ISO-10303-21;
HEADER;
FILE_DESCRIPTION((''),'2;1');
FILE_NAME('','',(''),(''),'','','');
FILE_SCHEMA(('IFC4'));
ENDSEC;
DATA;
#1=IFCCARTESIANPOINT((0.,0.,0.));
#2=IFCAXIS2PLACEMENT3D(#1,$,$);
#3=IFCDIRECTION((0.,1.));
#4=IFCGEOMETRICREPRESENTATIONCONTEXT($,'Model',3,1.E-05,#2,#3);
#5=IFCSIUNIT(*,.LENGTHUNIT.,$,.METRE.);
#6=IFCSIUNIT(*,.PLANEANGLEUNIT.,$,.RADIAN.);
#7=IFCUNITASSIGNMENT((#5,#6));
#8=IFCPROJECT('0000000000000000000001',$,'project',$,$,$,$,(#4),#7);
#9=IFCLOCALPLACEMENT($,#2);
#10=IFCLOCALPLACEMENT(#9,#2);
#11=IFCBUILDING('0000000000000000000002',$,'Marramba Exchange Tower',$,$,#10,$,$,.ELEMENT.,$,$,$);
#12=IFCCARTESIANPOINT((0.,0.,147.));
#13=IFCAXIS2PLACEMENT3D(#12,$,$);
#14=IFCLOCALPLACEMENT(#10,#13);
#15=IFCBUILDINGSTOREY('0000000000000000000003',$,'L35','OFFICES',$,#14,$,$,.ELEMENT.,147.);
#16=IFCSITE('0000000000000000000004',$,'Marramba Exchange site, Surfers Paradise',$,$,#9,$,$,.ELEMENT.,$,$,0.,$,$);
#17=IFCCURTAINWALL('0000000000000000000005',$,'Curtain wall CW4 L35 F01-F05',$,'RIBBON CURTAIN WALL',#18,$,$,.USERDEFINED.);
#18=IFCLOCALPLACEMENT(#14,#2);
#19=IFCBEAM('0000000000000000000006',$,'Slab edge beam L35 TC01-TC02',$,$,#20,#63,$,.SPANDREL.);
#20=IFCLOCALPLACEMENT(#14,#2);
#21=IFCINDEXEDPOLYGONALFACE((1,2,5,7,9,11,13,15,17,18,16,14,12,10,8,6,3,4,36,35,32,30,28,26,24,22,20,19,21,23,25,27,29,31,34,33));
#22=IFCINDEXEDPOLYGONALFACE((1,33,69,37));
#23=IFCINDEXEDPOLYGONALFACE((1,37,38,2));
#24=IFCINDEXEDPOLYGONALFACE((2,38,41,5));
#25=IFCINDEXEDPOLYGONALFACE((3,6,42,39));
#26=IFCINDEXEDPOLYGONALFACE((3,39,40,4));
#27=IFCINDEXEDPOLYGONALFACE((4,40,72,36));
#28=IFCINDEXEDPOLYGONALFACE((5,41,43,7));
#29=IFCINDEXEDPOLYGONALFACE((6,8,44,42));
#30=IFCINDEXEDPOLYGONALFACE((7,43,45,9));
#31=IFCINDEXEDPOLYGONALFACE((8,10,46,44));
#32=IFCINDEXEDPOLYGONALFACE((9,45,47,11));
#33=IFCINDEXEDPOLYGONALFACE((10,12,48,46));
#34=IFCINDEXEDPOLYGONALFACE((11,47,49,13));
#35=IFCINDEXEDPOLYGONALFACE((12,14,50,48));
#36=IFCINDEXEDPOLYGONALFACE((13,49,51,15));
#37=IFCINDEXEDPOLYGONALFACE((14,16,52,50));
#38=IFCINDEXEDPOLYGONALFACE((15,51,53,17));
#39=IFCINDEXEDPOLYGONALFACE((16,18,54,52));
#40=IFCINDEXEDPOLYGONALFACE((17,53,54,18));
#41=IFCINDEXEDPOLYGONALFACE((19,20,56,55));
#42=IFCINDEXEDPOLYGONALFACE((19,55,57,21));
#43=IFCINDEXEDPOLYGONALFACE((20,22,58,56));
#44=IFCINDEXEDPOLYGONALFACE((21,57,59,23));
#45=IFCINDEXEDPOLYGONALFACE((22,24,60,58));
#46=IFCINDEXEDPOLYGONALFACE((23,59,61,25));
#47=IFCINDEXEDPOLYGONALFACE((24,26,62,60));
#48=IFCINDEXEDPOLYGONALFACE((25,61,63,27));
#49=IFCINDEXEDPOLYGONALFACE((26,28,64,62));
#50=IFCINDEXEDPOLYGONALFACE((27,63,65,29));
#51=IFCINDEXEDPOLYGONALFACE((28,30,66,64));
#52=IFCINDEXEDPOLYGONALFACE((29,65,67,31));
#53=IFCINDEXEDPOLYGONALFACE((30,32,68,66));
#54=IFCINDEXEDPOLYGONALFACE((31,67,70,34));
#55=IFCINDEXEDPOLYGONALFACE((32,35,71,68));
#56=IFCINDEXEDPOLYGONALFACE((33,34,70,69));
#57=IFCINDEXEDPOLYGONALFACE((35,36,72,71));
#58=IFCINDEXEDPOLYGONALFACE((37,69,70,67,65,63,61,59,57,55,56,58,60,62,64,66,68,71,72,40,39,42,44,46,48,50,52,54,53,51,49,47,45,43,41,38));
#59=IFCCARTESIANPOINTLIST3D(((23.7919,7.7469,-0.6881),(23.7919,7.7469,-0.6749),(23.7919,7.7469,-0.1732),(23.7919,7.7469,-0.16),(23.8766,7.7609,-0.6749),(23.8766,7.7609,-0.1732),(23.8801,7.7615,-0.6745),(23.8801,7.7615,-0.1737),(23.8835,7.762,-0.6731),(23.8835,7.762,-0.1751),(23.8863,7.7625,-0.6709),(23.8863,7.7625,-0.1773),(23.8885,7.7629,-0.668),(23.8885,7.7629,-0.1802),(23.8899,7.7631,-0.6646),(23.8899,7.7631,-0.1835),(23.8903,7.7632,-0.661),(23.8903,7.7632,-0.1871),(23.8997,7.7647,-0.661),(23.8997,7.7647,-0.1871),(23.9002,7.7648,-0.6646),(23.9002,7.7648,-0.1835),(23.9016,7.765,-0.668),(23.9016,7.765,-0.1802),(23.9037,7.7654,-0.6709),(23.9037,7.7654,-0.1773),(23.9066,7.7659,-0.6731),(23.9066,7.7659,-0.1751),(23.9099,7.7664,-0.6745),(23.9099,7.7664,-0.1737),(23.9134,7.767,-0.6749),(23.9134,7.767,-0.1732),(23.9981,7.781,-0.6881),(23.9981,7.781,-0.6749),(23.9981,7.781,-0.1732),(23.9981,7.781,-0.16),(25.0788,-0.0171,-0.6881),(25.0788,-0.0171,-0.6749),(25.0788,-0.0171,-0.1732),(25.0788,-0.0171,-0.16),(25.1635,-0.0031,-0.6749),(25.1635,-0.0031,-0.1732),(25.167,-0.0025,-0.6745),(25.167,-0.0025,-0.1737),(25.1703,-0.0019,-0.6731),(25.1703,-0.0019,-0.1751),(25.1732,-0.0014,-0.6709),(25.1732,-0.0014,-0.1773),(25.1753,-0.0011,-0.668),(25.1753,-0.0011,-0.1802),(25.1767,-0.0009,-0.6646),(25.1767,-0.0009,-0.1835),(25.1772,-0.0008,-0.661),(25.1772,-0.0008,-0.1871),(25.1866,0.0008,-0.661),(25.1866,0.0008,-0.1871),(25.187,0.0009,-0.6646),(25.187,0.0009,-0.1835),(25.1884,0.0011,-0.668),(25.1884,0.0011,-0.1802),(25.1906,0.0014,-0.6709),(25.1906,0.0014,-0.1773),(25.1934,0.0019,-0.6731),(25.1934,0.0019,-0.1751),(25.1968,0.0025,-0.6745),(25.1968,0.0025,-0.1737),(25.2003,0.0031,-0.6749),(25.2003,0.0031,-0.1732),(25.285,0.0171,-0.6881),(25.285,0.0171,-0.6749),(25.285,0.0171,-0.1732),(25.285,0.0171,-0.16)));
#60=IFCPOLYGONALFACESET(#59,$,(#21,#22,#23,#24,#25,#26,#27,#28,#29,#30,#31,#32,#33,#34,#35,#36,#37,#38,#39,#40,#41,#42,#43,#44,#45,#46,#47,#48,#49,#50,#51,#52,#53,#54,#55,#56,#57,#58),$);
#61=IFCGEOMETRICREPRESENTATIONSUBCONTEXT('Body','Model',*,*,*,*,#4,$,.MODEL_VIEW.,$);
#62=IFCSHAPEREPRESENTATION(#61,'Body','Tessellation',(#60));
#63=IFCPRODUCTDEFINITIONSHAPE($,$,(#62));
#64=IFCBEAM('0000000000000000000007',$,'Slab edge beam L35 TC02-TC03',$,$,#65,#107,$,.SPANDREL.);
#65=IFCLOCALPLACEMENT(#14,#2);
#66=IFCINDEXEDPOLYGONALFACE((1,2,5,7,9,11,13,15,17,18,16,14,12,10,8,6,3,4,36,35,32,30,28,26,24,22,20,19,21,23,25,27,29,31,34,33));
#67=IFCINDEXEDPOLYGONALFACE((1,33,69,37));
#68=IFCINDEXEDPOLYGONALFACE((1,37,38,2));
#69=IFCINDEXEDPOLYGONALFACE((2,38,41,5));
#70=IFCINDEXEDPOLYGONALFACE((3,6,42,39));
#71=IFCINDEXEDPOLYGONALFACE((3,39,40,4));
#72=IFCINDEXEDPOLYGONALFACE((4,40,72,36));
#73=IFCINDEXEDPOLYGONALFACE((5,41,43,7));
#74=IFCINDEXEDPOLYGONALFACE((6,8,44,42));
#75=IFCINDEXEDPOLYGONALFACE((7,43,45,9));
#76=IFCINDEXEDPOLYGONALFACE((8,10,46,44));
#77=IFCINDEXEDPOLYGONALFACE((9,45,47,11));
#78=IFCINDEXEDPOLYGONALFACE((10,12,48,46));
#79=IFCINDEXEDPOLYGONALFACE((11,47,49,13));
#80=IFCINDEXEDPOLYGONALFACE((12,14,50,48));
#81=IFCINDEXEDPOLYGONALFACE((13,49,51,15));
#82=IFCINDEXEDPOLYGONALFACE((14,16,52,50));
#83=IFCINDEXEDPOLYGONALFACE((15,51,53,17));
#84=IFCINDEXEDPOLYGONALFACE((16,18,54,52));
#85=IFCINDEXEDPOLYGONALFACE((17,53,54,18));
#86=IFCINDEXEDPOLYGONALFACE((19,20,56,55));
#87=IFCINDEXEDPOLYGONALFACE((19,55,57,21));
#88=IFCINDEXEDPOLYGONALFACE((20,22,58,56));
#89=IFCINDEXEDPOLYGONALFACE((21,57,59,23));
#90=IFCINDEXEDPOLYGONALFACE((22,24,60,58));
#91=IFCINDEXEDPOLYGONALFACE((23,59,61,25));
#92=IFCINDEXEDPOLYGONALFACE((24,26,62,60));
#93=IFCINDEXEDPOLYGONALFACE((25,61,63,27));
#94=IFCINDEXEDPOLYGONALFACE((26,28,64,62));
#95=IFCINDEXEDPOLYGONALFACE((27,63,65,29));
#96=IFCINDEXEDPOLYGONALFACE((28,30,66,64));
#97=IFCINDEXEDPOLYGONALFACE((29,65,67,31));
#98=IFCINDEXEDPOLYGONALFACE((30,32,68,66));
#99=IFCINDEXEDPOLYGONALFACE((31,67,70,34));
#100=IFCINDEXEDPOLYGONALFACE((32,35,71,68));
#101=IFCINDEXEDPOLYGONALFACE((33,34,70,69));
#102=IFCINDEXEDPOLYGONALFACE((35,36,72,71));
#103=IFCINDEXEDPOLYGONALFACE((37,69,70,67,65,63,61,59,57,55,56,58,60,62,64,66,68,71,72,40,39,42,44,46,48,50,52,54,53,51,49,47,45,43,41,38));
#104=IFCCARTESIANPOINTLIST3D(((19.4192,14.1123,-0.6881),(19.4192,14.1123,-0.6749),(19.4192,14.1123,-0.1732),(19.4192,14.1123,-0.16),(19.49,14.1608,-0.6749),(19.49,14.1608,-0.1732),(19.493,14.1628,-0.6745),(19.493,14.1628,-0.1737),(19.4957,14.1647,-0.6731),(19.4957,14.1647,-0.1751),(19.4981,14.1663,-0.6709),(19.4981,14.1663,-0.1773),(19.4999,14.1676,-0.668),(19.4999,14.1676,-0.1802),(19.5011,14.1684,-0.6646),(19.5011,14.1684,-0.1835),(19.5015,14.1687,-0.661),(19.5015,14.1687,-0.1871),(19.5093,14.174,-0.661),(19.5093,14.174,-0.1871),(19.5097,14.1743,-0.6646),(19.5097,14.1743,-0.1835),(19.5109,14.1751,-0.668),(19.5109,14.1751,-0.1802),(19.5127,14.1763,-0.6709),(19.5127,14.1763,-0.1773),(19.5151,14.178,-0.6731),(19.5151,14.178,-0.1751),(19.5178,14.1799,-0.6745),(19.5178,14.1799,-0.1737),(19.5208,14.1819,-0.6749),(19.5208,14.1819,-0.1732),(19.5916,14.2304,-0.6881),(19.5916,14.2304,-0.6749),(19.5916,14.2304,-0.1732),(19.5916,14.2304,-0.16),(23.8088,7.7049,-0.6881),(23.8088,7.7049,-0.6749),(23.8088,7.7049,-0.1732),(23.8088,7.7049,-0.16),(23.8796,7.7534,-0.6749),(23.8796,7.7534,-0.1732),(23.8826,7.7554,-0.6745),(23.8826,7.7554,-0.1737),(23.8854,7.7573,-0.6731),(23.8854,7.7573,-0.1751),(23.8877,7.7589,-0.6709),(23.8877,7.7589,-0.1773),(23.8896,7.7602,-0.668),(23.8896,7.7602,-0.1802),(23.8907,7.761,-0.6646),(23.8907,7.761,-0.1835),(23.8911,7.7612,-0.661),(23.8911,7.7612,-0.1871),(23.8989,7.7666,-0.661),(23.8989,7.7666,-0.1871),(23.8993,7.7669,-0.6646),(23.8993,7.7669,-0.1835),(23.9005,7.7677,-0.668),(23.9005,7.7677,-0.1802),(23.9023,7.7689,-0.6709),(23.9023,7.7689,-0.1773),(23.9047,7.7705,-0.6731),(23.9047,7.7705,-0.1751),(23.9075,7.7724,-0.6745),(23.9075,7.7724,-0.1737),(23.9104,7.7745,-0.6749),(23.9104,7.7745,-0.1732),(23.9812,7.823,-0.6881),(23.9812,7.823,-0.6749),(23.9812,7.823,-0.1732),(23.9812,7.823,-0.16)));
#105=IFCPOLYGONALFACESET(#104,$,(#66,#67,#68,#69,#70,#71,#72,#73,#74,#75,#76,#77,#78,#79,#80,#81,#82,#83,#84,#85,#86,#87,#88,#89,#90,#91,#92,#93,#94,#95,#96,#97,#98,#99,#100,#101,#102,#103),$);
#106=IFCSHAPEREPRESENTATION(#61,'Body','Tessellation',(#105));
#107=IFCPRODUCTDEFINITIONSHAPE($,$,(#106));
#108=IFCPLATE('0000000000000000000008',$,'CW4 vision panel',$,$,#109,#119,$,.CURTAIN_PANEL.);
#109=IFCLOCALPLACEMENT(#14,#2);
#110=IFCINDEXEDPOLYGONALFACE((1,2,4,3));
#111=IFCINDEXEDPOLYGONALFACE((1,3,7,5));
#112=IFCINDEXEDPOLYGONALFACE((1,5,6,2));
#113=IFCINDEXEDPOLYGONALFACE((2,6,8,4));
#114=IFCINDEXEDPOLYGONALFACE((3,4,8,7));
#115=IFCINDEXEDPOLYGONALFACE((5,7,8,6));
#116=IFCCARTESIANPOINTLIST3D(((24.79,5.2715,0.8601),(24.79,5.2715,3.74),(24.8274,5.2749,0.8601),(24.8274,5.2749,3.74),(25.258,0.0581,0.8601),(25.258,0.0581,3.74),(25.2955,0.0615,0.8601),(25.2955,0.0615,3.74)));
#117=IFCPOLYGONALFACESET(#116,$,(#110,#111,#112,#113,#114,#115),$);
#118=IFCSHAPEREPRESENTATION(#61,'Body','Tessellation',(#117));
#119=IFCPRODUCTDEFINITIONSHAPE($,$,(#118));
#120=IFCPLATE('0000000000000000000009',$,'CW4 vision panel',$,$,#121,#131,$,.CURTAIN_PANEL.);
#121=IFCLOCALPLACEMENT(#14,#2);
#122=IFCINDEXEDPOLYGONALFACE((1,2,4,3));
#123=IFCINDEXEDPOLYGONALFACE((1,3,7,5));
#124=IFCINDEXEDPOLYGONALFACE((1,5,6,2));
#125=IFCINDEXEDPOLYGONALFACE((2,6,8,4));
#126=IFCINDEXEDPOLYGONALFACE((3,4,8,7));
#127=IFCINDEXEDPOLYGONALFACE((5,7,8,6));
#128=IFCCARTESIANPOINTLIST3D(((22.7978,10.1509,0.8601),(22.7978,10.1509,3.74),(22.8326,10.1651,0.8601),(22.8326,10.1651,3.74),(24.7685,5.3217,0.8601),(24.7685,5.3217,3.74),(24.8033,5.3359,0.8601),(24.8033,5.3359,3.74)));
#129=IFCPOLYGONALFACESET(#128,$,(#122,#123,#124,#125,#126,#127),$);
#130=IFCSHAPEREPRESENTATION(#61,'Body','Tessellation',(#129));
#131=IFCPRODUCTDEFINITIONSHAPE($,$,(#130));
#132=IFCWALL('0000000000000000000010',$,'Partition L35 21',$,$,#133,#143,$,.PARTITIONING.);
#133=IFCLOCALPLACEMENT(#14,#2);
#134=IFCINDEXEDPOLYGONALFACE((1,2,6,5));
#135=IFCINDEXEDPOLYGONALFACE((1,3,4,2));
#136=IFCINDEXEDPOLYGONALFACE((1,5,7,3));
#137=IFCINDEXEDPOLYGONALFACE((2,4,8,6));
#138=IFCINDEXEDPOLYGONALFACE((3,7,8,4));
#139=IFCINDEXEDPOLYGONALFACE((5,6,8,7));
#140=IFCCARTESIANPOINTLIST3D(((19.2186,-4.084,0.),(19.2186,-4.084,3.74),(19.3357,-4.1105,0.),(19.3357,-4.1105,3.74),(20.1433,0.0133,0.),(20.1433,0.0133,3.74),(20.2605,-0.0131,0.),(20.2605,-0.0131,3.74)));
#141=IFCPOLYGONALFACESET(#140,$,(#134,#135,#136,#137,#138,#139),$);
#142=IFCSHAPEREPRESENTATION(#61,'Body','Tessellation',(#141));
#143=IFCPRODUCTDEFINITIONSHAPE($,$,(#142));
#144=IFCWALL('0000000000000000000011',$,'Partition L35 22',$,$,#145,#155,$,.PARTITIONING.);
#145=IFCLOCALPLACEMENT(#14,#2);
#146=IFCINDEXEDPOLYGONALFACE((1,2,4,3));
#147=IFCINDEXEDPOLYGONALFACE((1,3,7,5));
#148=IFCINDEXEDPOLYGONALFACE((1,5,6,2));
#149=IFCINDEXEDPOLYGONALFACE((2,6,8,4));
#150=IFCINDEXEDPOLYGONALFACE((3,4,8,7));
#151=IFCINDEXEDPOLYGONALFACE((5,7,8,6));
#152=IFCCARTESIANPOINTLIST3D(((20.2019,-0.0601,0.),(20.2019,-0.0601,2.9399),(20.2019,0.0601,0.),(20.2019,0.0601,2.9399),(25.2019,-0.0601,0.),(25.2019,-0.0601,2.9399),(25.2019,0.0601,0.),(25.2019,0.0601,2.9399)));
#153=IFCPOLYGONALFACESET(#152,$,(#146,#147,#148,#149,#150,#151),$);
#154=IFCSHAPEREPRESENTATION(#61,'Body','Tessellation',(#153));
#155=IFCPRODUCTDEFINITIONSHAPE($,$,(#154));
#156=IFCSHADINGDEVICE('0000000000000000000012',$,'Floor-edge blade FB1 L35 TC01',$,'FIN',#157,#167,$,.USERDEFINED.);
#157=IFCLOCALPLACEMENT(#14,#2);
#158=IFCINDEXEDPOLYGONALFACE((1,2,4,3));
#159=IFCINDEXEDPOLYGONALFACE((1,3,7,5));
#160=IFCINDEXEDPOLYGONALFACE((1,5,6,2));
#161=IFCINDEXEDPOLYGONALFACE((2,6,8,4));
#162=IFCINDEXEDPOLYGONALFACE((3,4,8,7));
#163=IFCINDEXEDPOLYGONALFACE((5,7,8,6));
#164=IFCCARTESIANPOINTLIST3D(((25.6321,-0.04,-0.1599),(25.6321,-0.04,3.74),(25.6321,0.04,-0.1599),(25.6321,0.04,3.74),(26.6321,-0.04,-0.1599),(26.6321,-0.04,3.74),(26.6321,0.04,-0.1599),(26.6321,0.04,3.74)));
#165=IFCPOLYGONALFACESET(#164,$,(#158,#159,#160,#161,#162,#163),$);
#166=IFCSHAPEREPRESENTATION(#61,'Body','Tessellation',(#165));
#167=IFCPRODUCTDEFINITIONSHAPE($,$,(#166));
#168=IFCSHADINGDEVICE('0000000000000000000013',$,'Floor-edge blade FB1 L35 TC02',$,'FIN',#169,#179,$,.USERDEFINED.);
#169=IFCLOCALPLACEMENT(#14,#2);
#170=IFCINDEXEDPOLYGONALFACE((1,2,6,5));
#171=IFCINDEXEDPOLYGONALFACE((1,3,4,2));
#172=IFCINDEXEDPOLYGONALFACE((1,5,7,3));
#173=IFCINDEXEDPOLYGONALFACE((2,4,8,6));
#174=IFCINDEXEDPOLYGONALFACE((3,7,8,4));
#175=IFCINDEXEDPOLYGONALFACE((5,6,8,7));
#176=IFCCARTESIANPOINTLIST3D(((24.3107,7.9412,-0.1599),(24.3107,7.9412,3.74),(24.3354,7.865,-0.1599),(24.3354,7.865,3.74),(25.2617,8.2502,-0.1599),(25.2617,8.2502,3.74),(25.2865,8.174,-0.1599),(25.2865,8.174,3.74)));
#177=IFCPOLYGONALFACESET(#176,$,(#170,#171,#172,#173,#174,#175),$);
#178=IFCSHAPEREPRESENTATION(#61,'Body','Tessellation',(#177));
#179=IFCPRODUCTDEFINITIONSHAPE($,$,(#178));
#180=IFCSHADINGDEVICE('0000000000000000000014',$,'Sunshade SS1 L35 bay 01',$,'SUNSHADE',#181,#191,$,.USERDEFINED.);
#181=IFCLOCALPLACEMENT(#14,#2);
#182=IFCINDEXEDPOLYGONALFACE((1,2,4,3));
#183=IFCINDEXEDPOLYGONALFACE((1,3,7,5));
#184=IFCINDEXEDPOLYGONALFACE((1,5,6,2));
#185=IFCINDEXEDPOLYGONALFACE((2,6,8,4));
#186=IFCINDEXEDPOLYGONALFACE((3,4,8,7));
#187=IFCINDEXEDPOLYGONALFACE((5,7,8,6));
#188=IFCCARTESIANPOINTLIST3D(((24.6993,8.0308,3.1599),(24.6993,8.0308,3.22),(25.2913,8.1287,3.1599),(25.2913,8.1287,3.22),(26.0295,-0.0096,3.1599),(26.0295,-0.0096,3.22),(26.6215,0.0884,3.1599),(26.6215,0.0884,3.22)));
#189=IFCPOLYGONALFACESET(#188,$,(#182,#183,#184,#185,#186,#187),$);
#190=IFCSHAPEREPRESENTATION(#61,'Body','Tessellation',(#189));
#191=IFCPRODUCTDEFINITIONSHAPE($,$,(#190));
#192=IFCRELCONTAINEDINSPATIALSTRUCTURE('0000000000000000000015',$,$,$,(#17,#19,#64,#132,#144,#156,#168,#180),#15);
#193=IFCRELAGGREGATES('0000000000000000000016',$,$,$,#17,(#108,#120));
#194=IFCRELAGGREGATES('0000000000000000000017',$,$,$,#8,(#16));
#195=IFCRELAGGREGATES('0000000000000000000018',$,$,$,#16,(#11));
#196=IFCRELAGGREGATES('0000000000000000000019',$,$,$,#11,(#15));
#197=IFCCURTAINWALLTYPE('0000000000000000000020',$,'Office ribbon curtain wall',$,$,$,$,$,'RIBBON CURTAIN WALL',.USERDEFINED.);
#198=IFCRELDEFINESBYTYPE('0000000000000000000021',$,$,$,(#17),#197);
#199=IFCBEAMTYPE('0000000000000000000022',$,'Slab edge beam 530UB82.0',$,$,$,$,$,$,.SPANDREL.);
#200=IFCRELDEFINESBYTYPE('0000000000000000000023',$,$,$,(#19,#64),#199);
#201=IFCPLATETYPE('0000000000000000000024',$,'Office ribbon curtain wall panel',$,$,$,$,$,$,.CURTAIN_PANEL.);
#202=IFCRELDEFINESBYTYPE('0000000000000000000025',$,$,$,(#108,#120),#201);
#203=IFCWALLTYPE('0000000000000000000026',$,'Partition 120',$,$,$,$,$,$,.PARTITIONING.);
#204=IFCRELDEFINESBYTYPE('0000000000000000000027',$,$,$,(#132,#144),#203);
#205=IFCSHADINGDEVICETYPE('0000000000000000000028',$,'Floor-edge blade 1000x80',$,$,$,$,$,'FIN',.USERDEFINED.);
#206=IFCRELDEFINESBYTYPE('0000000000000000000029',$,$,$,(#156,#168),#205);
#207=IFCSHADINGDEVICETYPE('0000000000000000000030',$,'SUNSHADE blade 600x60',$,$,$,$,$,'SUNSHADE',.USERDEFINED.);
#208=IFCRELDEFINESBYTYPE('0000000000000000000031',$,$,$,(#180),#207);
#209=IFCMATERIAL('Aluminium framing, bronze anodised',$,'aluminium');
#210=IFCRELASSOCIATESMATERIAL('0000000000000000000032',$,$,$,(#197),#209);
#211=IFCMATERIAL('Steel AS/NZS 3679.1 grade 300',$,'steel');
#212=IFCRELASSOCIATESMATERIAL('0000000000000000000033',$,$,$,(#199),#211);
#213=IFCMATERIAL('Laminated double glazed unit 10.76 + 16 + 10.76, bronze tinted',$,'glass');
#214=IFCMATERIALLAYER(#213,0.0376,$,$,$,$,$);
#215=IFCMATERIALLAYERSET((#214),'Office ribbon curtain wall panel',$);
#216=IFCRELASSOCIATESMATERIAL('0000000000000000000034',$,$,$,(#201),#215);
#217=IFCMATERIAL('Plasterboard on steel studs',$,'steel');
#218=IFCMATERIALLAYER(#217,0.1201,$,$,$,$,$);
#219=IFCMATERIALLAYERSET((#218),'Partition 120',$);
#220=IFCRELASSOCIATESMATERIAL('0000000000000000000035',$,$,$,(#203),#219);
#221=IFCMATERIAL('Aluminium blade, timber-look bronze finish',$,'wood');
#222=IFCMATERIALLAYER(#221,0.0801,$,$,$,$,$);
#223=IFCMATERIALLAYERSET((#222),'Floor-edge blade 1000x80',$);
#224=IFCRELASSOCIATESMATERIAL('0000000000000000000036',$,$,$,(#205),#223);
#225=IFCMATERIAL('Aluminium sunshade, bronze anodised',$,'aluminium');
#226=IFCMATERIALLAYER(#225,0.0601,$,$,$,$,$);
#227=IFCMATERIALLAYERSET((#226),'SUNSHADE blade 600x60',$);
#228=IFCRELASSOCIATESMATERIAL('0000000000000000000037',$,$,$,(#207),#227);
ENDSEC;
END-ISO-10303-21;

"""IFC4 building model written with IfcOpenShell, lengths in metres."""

from ifc_helpers import new_model, si_unit, direction, frame, frame_2d, origin, origin_2d, place, context, subcontext, project, spatial, rectangle, i_section, extrude, material, layer, layer_set, material_profile, profile_set, type_object, element, aggregate, save


model = new_model("IFC4")

# Units and contexts
model_context = context("Model", 3, precision=1e-05, world=origin(), true_north=direction((0.0, 1.0)))
body_context = subcontext(model_context, "Body", "Model", "MODEL_VIEW")
ifc_project = project(units=[si_unit("LENGTHUNIT", "METRE"), si_unit("PLANEANGLEUNIT", "RADIAN")], contexts=[model_context])

# Site, building, storey
site_placement = place(None, origin())
site = spatial("IfcSite", under=ifc_project, at=site_placement, Name="Marramba Exchange site, Surfers Paradise", CompositionType="ELEMENT", RefElevation=0.0)
building_placement = place(site_placement, origin())
building = spatial("IfcBuilding", under=site, at=building_placement, Name="Marramba Exchange Tower", CompositionType="ELEMENT")
storey_placement = place(building_placement, frame((0.0, 0.0, 147.0)))
storey = spatial("IfcBuildingStorey", under=building, at=storey_placement, Name="L35", Description="OFFICES", CompositionType="ELEMENT", Elevation=147.0)

# Shared definitions
ifc_material_1 = material(Name="Steel AS/NZS 3679.1 grade 300", Category="steel")

# Curtain wall
ifc_material_2 = material(Name="Aluminium framing, bronze anodised", Category="aluminium")
curtain_wall_type = type_object("IfcCurtainWallType", Name="Office ribbon curtain wall", ElementType="RIBBON CURTAIN WALL", PredefinedType="USERDEFINED", material=ifc_material_2)
curtain_wall_placement = place(storey_placement, origin())
curtain_wall = element("IfcCurtainWall", 1, at=curtain_wall_placement, inside=storey, type_object=curtain_wall_type, Name="Curtain wall CW4 L35 F01-F05", ObjectType="RIBBON CURTAIN WALL", PredefinedType="USERDEFINED")

# Beams
ifc_material_profile_1 = material_profile(ifc_material_1, i_section(OverallWidth=0.209, OverallDepth=0.5281, WebThickness=0.0095, FlangeThickness=0.0132, FilletRadius=0.0139, at=origin_2d()), Name="530UB82.0")
ifc_profile_set_1 = profile_set([ifc_material_profile_1], Name="Steel AS/NZS 3679.1 grade 300")
beam_type_1 = type_object("IfcBeamType", Name="Slab edge beam 530UB82.0", PredefinedType="SPANDREL", material=ifc_profile_set_1)
beam_1_placement = place(storey_placement, frame((25.1819, 0.0, -0.4241), z_axis=(-0.163519, 0.98654, 0.0), x_axis=(-0.98654, -0.163519, 0.0)))
element("IfcBeam", 2, at=beam_1_placement, inside=storey, type_object=beam_type_1, Name="Slab edge beam L35 TC01-TC02", PredefinedType="SPANDREL", context=body_context, shape_type="SweptSolid", body=[
    extrude(i_section(OverallWidth=0.209, OverallDepth=0.5281, WebThickness=0.0095, FlangeThickness=0.0132, FilletRadius=0.0139, at=origin_2d()), origin(), (0.0, 0.0, 1.0), 7.8699),
])
beam_2_placement = place(storey_placement, frame((23.895, 7.7639, -0.4241), z_axis=(-0.565174, 0.824972, 0.0), x_axis=(-0.824972, -0.565174, 0.0)))
element("IfcBeam", 3, at=beam_2_placement, inside=storey, type_object=beam_type_1, Name="Slab edge beam L35 TC02-TC03", PredefinedType="SPANDREL", context=body_context, shape_type="SweptSolid", body=[
    extrude(i_section(OverallWidth=0.209, OverallDepth=0.5281, WebThickness=0.0095, FlangeThickness=0.0132, FilletRadius=0.0139, at=origin_2d()), origin(), (0.0, 0.0, 1.0), 7.7668),
])

# Plates
ifc_material_3 = material(Name="Laminated double glazed unit 10.76 + 16 + 10.76, bronze tinted", Category="glass")
ifc_layer_1 = layer(ifc_material_3, 0.0376)
ifc_layer_set_1 = layer_set([ifc_layer_1], Name="Office ribbon curtain wall panel")
plate_type = type_object("IfcPlateType", Name="Office ribbon curtain wall panel", PredefinedType="CURTAIN_PANEL", material=ifc_layer_set_1)
plate_1_placement = place(storey_placement, frame((25.0427, 2.6665, 0.8601), z_axis=(0.0, 0.0, 1.0), x_axis=(-0.089413, 0.995995, 0.0)))
plate_1 = element("IfcPlate", 4, at=plate_1_placement, type_object=plate_type, Name="CW4 vision panel", PredefinedType="CURTAIN_PANEL", context=body_context, shape_type="SweptSolid", body=[
    extrude(rectangle(XDim=5.2344, YDim=0.0376, at=origin_2d()), origin(), (0.0, 0.0, 1.0), 2.8799),
])
plate_2_placement = place(storey_placement, frame((23.8005, 7.7434, 0.8601), z_axis=(0.0, 0.0, 1.0), x_axis=(-0.377821, 0.925879, 0.0)))
plate_2 = element("IfcPlate", 5, at=plate_2_placement, type_object=plate_type, Name="CW4 vision panel", PredefinedType="CURTAIN_PANEL", context=body_context, shape_type="SweptSolid", body=[
    extrude(rectangle(XDim=5.2158, YDim=0.0376, at=origin_2d()), origin(), (0.0, 0.0, 1.0), 2.8799),
])
aggregate(curtain_wall, [plate_1, plate_2])

# Walls
ifc_material_4 = material(Name="Plasterboard on steel studs", Category="steel")
ifc_layer_2 = layer(ifc_material_4, 0.1201)
ifc_layer_set_2 = layer_set([ifc_layer_2], Name="Partition 120")
wall_type = type_object("IfcWallType", Name="Partition 120", PredefinedType="PARTITIONING", material=ifc_layer_set_2)
wall_1_placement = place(storey_placement, frame((20.2019, 0.0, 0.0), z_axis=(0.0, 0.0, 1.0), x_axis=(-0.220166, -0.975462, 0.0)))
element("IfcWall", 6, at=wall_1_placement, inside=storey, type_object=wall_type, Name="Partition L35 21", PredefinedType="PARTITIONING", context=body_context, shape_type="SweptSolid", body=[
    extrude(rectangle(XDim=4.2004, YDim=0.1201, at=frame_2d((2.1001, 0.0))), origin(), (0.0, 0.0, 1.0), 3.74),
])
wall_2_placement = place(storey_placement, frame((25.2019, 0.0, 0.0), z_axis=(0.0, 0.0, 1.0), x_axis=(-1.0, 0.0, 0.0)))
element("IfcWall", 7, at=wall_2_placement, inside=storey, type_object=wall_type, Name="Partition L35 22", PredefinedType="PARTITIONING", context=body_context, shape_type="SweptSolid", body=[
    extrude(rectangle(XDim=5.0, YDim=0.1201, at=frame_2d((2.5, 0.0))), origin(), (0.0, 0.0, 1.0), 2.9399),
])

# Shading devices
ifc_material_5 = material(Name="Aluminium blade, timber-look bronze finish", Category="wood")
ifc_layer_3 = layer(ifc_material_5, 0.0801)
ifc_layer_set_3 = layer_set([ifc_layer_3], Name="Floor-edge blade 1000x80")
shading_device_type_1 = type_object("IfcShadingDeviceType", Name="Floor-edge blade 1000x80", ElementType="FIN", PredefinedType="USERDEFINED", material=ifc_layer_set_3)
for number, where, z_axis, x_axis, name in (
    (8, (26.1321, 0.0, -0.1599), (0.0, 0.0, 1.0), (1.0, 0.0, 0.0), "Floor-edge blade FB1 L35 TC01"),
    (9, (24.7986, 8.0576, -0.1599), (0.0, 0.0, 1.0), (0.951057, 0.309017, 0.0), "Floor-edge blade FB1 L35 TC02"),
):
    element("IfcShadingDevice", number, at=place(storey_placement, frame(where, z_axis=z_axis, x_axis=x_axis)), inside=storey, type_object=shading_device_type_1, Name=name, ObjectType="FIN", PredefinedType="USERDEFINED", context=body_context, shape_type="SweptSolid", body=[
        extrude(rectangle(XDim=1.0, YDim=0.0801, at=origin_2d()), origin(), (0.0, 0.0, 1.0), 3.8999),
    ])
ifc_material_6 = material(Name="Aluminium sunshade, bronze anodised", Category="aluminium")
ifc_layer_4 = layer(ifc_material_6, 0.0601)
ifc_layer_set_4 = layer_set([ifc_layer_4], Name="SUNSHADE blade 600x60")
shading_device_type_2 = type_object("IfcShadingDeviceType", Name="SUNSHADE blade 600x60", ElementType="SUNSHADE", PredefinedType="USERDEFINED", material=ifc_layer_set_4)
shading_device_placement = place(storey_placement, frame((25.6604, 4.0596, 3.1599), z_axis=(0.0, 0.0, 1.0), x_axis=(-0.163228, 0.986588, 0.0)))
element("IfcShadingDevice", 10, at=shading_device_placement, inside=storey, type_object=shading_device_type_2, Name="Sunshade SS1 L35 bay 01", ObjectType="SUNSHADE", PredefinedType="USERDEFINED", context=body_context, shape_type="SweptSolid", body=[
    extrude(rectangle(XDim=8.1497, YDim=0.6001, at=origin_2d()), origin(), (0.0, 0.0, 1.0), 0.0601),
])

save(model, "model.ifc")
